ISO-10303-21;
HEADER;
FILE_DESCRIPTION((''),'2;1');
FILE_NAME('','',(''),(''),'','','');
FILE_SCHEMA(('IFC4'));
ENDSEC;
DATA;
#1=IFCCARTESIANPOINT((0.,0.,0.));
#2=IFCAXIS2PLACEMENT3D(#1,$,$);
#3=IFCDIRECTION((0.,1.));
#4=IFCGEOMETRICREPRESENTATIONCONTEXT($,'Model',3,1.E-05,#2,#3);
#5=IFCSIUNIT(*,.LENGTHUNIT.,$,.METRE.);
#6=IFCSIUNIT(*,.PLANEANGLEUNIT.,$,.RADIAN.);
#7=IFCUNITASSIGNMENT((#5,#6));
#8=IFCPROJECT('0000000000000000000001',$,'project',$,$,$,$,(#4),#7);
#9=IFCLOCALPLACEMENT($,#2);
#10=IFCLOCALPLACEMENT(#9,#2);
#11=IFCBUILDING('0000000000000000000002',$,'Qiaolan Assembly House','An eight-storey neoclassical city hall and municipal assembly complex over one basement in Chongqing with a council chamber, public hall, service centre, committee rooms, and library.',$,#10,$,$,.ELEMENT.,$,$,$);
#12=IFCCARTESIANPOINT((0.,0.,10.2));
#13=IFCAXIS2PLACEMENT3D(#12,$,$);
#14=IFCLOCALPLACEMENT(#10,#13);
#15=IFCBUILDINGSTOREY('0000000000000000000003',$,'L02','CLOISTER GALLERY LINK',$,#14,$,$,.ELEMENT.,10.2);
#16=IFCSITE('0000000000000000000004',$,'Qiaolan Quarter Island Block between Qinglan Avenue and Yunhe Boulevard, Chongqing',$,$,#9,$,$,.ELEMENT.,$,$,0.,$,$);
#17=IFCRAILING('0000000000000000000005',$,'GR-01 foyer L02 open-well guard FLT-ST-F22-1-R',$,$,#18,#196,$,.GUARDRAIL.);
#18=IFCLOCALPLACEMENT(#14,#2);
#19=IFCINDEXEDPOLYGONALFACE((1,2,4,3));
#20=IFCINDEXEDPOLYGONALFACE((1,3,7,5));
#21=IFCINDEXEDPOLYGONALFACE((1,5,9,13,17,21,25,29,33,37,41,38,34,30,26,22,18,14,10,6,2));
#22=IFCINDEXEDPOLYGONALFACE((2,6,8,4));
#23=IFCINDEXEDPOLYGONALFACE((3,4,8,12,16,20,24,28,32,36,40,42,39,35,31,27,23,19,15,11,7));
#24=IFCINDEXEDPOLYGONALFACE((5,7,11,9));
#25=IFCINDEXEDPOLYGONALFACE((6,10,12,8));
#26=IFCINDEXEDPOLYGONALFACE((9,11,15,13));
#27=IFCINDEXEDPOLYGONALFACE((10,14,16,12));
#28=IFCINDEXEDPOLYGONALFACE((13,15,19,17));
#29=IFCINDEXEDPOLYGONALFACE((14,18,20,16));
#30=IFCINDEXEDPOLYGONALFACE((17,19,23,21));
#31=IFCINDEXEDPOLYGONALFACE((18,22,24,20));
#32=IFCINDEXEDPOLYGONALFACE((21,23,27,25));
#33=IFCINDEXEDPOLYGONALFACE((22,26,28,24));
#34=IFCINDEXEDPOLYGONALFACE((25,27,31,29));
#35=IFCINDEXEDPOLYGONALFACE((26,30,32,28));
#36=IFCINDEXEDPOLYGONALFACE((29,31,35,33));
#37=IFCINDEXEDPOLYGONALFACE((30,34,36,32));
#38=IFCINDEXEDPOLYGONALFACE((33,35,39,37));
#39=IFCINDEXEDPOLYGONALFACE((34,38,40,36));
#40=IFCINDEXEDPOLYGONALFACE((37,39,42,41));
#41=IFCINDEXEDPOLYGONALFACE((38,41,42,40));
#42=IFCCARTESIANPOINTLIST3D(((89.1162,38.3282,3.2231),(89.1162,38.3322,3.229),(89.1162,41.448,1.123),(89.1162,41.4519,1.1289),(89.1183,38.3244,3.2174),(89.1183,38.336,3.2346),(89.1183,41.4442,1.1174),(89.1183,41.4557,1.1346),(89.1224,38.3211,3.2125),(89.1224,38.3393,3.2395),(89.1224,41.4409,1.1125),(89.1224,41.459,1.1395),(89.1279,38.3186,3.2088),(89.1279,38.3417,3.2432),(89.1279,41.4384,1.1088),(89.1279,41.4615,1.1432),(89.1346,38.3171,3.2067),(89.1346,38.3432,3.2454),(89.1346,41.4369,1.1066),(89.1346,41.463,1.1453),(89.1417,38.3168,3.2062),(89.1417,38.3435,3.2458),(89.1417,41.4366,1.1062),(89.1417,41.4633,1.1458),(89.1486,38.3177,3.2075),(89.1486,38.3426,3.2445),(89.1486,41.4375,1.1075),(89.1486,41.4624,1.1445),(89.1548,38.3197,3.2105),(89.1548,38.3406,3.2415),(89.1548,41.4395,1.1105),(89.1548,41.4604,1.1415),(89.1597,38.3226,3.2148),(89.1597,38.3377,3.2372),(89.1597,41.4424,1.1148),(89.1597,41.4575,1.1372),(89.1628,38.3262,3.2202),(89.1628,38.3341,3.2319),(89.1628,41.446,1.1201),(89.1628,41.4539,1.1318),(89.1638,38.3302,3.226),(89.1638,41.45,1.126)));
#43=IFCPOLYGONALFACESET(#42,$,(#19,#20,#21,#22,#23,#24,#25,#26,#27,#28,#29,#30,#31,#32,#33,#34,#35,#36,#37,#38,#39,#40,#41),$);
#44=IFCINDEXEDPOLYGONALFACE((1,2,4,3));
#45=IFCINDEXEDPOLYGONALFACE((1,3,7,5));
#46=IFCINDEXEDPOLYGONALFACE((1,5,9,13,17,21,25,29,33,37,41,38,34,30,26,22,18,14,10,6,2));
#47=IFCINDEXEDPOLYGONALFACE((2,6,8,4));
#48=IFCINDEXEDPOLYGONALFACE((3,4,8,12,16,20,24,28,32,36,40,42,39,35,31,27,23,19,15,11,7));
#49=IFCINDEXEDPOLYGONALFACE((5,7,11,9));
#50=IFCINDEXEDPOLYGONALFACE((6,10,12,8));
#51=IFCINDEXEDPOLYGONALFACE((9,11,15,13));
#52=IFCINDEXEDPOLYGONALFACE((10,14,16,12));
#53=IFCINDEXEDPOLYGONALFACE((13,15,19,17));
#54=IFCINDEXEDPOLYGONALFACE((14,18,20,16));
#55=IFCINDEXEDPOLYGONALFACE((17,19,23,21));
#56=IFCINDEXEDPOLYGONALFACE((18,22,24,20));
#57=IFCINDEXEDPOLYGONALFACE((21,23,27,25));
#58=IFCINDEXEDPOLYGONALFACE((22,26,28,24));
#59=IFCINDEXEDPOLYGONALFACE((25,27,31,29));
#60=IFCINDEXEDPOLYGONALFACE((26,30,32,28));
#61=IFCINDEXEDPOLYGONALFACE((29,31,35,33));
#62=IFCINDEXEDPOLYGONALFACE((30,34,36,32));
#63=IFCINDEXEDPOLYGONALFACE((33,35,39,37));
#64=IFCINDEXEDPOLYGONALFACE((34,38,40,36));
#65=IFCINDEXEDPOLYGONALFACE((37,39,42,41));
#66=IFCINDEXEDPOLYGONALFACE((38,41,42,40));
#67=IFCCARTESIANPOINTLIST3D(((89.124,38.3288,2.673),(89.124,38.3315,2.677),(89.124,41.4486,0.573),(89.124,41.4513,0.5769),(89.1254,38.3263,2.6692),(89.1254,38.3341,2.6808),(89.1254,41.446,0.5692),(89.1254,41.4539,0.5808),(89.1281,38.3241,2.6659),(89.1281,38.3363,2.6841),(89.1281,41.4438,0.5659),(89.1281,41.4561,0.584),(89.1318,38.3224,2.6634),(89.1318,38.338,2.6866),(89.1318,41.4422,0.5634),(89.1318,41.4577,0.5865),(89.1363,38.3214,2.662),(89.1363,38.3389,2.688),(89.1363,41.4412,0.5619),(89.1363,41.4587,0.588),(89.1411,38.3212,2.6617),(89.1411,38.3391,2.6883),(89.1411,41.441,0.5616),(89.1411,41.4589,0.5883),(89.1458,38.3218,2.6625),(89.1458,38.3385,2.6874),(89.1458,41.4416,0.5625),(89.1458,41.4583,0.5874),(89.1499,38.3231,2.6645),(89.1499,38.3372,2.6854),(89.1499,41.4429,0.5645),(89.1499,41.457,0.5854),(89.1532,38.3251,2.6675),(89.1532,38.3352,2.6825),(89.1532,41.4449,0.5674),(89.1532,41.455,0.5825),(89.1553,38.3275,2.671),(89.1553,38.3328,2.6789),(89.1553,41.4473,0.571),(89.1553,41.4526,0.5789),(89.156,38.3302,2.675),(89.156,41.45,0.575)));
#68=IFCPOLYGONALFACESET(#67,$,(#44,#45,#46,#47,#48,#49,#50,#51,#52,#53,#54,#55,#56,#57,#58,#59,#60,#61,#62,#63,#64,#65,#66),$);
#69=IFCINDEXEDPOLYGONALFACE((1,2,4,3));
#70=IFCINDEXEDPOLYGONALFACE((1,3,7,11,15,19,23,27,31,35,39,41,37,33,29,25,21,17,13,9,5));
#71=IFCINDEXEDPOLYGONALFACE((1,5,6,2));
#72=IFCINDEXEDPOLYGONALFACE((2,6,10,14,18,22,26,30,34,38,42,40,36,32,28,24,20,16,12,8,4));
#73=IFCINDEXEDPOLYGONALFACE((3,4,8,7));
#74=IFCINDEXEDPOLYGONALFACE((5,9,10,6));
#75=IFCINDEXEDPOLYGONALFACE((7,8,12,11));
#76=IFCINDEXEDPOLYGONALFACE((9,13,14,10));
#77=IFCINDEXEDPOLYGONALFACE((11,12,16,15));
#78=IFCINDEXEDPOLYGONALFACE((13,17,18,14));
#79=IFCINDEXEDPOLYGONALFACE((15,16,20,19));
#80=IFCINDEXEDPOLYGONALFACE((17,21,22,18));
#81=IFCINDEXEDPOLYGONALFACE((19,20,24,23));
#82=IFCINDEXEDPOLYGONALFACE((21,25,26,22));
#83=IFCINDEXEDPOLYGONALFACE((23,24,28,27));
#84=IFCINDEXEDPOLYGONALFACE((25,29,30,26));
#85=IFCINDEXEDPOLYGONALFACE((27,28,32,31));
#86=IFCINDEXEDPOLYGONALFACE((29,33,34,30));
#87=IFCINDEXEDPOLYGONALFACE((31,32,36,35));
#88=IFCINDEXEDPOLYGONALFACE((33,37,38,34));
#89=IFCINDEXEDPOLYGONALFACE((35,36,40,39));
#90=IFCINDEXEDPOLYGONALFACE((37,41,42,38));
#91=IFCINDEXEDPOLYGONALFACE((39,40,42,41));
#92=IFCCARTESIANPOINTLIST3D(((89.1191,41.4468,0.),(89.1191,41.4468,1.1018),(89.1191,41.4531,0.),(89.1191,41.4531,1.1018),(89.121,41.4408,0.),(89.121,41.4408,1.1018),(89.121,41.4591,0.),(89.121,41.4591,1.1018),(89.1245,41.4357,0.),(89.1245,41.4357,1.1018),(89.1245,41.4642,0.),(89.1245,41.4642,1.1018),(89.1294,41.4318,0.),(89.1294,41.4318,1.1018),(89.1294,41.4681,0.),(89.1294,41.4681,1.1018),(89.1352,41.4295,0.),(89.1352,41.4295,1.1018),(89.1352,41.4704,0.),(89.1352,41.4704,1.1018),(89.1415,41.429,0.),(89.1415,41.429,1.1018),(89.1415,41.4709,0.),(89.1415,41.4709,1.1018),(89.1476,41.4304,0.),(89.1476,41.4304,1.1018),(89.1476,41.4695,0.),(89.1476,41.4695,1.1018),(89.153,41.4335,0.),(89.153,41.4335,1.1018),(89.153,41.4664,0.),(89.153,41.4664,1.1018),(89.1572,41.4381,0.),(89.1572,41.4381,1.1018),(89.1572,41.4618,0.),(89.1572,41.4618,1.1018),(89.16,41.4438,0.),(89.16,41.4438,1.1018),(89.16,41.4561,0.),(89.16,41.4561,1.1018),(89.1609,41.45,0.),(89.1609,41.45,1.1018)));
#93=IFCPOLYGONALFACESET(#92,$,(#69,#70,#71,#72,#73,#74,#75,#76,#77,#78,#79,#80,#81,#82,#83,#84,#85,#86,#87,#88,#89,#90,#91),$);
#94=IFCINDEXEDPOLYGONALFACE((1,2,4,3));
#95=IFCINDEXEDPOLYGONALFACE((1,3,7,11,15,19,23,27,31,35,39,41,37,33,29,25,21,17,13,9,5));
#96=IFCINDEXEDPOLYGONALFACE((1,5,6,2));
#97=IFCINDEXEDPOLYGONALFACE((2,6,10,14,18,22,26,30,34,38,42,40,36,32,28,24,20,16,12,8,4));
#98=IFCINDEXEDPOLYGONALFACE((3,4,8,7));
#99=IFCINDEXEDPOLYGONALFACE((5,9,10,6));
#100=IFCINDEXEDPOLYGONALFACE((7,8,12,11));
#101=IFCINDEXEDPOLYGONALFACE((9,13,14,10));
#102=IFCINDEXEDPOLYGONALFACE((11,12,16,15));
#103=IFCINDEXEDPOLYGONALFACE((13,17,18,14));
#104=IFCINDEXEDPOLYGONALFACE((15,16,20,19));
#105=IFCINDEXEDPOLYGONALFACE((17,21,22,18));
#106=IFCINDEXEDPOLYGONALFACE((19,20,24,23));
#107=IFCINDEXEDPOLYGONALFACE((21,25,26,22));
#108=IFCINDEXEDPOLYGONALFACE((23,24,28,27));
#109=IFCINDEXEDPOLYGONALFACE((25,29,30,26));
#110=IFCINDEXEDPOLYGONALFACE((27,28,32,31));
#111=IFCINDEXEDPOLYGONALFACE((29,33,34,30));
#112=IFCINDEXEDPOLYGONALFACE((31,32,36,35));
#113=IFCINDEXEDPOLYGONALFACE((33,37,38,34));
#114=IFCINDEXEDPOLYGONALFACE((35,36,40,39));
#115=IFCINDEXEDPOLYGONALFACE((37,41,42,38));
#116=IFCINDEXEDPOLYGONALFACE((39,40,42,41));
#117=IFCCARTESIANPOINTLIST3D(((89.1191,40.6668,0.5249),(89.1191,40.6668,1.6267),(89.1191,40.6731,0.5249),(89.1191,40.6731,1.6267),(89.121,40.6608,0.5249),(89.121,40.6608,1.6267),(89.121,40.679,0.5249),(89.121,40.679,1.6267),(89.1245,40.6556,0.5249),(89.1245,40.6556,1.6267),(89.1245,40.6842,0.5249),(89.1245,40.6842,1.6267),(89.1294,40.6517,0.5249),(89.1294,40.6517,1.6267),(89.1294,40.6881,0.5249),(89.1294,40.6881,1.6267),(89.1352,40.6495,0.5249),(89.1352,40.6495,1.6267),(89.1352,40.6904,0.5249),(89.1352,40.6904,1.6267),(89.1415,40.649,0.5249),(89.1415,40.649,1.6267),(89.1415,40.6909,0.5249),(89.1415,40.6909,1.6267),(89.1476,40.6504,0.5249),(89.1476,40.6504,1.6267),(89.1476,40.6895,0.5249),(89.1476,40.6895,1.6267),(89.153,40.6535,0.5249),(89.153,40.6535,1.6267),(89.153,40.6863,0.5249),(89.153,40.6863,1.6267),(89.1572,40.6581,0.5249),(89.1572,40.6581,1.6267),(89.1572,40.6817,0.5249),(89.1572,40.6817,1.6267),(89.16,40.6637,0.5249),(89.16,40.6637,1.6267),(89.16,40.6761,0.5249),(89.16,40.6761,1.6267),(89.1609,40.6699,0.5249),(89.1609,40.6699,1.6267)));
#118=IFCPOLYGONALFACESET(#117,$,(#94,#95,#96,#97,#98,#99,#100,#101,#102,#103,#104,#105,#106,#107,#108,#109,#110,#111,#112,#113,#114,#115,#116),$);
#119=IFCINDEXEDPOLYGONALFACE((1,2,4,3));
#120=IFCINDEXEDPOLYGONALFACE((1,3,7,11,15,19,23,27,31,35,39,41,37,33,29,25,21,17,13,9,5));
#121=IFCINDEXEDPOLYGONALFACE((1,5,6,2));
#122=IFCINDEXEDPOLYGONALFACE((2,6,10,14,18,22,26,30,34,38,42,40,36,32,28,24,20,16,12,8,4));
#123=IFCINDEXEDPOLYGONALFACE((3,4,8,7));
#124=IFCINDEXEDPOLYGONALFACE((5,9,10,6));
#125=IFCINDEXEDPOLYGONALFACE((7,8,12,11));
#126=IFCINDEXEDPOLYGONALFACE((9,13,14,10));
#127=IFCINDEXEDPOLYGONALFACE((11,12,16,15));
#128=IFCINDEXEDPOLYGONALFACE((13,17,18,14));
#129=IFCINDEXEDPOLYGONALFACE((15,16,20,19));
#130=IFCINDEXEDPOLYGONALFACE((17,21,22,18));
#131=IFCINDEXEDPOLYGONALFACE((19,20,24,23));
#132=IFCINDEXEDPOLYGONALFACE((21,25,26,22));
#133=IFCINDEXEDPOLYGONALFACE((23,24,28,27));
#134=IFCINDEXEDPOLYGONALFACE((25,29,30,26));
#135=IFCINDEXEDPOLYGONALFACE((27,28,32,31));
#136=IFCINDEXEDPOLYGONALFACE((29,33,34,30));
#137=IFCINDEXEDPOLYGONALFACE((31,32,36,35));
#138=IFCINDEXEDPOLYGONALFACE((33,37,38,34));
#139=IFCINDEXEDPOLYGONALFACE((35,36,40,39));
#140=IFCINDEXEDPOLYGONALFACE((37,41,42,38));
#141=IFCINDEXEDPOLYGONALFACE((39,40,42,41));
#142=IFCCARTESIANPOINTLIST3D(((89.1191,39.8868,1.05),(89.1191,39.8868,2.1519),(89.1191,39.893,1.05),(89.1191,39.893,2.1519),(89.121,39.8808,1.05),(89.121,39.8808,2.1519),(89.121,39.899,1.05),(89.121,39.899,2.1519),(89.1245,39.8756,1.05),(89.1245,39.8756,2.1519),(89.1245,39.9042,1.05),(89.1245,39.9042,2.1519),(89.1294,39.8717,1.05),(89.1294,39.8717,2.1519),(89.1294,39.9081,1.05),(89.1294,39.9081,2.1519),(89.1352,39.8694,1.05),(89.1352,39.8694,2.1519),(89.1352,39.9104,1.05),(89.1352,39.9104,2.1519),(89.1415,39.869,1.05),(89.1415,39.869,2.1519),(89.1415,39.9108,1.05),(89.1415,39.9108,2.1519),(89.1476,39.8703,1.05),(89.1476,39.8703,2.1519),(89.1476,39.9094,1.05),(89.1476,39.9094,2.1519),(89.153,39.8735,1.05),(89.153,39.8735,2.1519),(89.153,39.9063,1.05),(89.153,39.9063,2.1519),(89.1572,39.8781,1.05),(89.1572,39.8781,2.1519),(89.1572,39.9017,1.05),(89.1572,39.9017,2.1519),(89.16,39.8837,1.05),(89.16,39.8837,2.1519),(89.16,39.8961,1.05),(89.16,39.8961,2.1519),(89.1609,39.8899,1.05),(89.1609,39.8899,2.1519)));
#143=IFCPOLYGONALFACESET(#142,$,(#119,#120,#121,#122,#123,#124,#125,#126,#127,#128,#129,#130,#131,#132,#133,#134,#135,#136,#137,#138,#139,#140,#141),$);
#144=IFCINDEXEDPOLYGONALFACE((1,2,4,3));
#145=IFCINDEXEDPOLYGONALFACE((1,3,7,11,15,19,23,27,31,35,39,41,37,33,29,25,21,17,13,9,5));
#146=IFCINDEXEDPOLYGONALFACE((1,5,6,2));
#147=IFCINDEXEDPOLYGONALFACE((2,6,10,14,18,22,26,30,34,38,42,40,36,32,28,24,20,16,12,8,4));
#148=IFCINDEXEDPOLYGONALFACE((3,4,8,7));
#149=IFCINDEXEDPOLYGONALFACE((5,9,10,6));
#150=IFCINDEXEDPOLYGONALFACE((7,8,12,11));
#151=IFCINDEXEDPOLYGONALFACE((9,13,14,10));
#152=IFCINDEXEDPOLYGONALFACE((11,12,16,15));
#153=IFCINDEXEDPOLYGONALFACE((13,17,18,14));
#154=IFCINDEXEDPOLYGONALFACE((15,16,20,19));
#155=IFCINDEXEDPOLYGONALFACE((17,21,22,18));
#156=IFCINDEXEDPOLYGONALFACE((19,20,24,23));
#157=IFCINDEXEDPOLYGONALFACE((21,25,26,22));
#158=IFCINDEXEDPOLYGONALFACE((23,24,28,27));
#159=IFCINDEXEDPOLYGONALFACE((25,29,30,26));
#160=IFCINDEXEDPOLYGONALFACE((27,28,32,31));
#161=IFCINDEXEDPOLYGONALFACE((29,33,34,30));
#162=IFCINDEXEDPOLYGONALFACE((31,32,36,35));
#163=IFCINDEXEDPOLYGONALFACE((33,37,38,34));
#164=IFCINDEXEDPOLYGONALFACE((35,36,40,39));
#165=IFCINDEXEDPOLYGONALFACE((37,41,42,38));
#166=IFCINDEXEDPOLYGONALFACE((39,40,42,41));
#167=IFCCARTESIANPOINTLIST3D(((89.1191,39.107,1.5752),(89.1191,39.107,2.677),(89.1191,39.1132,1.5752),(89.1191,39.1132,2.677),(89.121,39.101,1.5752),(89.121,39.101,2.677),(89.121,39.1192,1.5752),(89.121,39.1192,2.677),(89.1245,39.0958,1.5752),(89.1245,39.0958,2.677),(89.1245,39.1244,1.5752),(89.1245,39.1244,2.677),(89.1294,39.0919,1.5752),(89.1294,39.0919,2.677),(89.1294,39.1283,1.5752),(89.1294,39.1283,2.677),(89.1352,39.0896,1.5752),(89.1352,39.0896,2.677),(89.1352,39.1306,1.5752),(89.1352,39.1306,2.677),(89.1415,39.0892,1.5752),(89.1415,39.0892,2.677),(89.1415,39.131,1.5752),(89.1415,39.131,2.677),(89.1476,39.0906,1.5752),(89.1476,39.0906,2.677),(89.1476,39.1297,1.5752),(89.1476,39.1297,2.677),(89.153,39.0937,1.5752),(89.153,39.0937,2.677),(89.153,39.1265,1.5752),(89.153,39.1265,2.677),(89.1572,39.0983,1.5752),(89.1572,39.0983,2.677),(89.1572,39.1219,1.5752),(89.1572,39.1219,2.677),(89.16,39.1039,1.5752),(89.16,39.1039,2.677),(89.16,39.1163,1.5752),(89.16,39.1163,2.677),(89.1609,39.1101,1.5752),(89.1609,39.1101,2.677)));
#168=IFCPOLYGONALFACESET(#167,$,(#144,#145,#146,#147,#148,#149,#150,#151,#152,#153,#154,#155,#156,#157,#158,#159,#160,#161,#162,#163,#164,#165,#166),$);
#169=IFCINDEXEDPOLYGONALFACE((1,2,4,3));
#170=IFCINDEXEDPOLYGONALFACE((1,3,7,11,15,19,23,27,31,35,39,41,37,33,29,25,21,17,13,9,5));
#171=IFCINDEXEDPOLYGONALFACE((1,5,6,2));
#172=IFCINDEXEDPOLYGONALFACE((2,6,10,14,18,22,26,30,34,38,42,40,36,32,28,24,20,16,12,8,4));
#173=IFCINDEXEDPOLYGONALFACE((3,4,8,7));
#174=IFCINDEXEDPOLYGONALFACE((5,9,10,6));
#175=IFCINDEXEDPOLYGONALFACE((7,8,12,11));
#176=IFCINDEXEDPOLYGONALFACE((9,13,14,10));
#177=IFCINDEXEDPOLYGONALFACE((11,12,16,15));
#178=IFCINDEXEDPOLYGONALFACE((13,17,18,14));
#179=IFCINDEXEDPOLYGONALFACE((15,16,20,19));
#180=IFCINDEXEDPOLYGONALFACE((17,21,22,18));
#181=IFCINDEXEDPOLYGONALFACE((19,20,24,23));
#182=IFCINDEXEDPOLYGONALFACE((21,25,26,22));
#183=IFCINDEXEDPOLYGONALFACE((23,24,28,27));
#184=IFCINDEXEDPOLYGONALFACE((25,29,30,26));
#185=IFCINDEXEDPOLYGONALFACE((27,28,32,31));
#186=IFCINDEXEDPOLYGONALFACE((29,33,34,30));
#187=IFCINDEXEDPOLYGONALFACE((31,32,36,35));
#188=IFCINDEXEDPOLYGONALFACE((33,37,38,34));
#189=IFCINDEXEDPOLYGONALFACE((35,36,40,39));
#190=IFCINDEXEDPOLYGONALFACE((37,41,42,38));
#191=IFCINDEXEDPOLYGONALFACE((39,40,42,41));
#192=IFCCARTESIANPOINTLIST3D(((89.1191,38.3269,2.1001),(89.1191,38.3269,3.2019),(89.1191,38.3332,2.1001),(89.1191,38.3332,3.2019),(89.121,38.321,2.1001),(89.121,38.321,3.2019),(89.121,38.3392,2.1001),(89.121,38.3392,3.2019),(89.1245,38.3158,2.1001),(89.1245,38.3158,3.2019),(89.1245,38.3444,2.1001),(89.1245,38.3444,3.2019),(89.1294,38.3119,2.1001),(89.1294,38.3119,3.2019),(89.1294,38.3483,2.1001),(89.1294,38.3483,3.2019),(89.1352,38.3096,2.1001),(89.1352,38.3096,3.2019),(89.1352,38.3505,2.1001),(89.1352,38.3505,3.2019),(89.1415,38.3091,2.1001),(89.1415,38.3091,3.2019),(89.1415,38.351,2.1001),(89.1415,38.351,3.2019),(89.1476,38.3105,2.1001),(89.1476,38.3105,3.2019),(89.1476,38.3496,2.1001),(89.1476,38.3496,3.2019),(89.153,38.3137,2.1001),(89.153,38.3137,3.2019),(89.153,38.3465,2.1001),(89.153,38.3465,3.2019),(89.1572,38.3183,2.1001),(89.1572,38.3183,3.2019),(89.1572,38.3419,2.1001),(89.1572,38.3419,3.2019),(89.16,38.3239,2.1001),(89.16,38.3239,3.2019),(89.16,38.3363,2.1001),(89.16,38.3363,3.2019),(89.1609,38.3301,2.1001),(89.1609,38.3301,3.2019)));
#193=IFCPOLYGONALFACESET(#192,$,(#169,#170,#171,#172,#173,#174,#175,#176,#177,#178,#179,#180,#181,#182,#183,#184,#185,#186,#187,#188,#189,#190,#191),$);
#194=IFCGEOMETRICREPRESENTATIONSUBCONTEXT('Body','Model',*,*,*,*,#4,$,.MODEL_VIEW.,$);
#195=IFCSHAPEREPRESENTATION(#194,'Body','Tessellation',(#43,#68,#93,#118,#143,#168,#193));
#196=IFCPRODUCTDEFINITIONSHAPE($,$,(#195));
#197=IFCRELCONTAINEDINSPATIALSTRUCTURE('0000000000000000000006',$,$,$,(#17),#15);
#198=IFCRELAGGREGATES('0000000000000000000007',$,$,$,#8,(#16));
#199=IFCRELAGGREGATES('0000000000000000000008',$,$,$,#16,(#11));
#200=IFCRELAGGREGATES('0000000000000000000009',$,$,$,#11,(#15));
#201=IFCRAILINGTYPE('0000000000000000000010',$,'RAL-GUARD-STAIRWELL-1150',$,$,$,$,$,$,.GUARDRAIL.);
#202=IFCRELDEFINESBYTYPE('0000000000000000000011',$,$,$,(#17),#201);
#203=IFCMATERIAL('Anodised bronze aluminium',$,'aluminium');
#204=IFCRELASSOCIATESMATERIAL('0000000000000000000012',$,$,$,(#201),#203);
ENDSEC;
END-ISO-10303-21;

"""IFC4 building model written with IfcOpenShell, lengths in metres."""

from ifc_helpers import new_model, si_unit, direction, frame, origin, origin_2d, place, context, subcontext, project, spatial, circle, extrude, material, type_object, element, save


model = new_model("IFC4")

# Units and contexts
model_context = context("Model", 3, precision=1e-05, world=origin(), true_north=direction((0.0, 1.0)))
body_context = subcontext(model_context, "Body", "Model", "MODEL_VIEW")
ifc_project = project(units=[si_unit("LENGTHUNIT", "METRE"), si_unit("PLANEANGLEUNIT", "RADIAN")], contexts=[model_context])

# Site, building, storey
site_placement = place(None, origin())
site = spatial("IfcSite", under=ifc_project, at=site_placement, Name="Qiaolan Quarter Island Block between Qinglan Avenue and Yunhe Boulevard, Chongqing", CompositionType="ELEMENT", RefElevation=0.0)
building_placement = place(site_placement, origin())
building = spatial("IfcBuilding", under=site, at=building_placement, Name="Qiaolan Assembly House", Description="An eight-storey neoclassical city hall and municipal assembly complex over one basement in Chongqing with a council chamber, public hall, service centre, committee rooms, and library.", CompositionType="ELEMENT")
storey_placement = place(building_placement, frame((0.0, 0.0, 10.2)))
storey = spatial("IfcBuildingStorey", under=building, at=storey_placement, Name="L02", Description="CLOISTER GALLERY LINK", CompositionType="ELEMENT", Elevation=10.2)

# Railing
ifc_material_1 = material(Name="Anodised bronze aluminium", Category="aluminium")
railing_type_1 = type_object("IfcRailingType", Name="RAL-GUARD-STAIRWELL-1150", PredefinedType="GUARDRAIL", material=ifc_material_1)
railing_1_placement = place(storey_placement, frame((89.1399, 41.45, 0.0)))
element("IfcRailing", 1, at=railing_1_placement, inside=storey, type_object=railing_type_1, Name="GR-01 foyer L02 open-well guard FLT-ST-F22-1-R", PredefinedType="GUARDRAIL", context=body_context, shape_type="SweptSolid", body=[
    extrude(circle(Radius=0.0239, at=origin_2d()), frame((0.0, 0.0, 1.126), z_axis=(0.0, -0.829565, 0.55841), x_axis=(1.0, 0.0, 0.0)), (0.0, 0.0, 1.0), 3.7607),
    extrude(circle(Radius=0.0161, at=origin_2d()), frame((0.0, 0.0, 0.575), z_axis=(0.0, -0.829565, 0.55841), x_axis=(1.0, 0.0, 0.0)), (0.0, 0.0, 1.0), 3.7607),
    extrude(circle(Radius=0.021, at=origin_2d()), origin(), (0.0, 0.0, 1.0), 1.1018),
    extrude(circle(Radius=0.021, at=origin_2d()), frame((0.0, -0.78, 0.5249)), (0.0, 0.0, 1.0), 1.1018),
    extrude(circle(Radius=0.021, at=origin_2d()), frame((0.0, -1.5601, 1.05)), (0.0, 0.0, 1.0), 1.1018),
    extrude(circle(Radius=0.021, at=origin_2d()), frame((0.0, -2.3398, 1.5752)), (0.0, 0.0, 1.0), 1.1018),
    extrude(circle(Radius=0.021, at=origin_2d()), frame((0.0, -3.1199, 2.1001)), (0.0, 0.0, 1.0), 1.1018),
])

save(model, "model.ifc")
